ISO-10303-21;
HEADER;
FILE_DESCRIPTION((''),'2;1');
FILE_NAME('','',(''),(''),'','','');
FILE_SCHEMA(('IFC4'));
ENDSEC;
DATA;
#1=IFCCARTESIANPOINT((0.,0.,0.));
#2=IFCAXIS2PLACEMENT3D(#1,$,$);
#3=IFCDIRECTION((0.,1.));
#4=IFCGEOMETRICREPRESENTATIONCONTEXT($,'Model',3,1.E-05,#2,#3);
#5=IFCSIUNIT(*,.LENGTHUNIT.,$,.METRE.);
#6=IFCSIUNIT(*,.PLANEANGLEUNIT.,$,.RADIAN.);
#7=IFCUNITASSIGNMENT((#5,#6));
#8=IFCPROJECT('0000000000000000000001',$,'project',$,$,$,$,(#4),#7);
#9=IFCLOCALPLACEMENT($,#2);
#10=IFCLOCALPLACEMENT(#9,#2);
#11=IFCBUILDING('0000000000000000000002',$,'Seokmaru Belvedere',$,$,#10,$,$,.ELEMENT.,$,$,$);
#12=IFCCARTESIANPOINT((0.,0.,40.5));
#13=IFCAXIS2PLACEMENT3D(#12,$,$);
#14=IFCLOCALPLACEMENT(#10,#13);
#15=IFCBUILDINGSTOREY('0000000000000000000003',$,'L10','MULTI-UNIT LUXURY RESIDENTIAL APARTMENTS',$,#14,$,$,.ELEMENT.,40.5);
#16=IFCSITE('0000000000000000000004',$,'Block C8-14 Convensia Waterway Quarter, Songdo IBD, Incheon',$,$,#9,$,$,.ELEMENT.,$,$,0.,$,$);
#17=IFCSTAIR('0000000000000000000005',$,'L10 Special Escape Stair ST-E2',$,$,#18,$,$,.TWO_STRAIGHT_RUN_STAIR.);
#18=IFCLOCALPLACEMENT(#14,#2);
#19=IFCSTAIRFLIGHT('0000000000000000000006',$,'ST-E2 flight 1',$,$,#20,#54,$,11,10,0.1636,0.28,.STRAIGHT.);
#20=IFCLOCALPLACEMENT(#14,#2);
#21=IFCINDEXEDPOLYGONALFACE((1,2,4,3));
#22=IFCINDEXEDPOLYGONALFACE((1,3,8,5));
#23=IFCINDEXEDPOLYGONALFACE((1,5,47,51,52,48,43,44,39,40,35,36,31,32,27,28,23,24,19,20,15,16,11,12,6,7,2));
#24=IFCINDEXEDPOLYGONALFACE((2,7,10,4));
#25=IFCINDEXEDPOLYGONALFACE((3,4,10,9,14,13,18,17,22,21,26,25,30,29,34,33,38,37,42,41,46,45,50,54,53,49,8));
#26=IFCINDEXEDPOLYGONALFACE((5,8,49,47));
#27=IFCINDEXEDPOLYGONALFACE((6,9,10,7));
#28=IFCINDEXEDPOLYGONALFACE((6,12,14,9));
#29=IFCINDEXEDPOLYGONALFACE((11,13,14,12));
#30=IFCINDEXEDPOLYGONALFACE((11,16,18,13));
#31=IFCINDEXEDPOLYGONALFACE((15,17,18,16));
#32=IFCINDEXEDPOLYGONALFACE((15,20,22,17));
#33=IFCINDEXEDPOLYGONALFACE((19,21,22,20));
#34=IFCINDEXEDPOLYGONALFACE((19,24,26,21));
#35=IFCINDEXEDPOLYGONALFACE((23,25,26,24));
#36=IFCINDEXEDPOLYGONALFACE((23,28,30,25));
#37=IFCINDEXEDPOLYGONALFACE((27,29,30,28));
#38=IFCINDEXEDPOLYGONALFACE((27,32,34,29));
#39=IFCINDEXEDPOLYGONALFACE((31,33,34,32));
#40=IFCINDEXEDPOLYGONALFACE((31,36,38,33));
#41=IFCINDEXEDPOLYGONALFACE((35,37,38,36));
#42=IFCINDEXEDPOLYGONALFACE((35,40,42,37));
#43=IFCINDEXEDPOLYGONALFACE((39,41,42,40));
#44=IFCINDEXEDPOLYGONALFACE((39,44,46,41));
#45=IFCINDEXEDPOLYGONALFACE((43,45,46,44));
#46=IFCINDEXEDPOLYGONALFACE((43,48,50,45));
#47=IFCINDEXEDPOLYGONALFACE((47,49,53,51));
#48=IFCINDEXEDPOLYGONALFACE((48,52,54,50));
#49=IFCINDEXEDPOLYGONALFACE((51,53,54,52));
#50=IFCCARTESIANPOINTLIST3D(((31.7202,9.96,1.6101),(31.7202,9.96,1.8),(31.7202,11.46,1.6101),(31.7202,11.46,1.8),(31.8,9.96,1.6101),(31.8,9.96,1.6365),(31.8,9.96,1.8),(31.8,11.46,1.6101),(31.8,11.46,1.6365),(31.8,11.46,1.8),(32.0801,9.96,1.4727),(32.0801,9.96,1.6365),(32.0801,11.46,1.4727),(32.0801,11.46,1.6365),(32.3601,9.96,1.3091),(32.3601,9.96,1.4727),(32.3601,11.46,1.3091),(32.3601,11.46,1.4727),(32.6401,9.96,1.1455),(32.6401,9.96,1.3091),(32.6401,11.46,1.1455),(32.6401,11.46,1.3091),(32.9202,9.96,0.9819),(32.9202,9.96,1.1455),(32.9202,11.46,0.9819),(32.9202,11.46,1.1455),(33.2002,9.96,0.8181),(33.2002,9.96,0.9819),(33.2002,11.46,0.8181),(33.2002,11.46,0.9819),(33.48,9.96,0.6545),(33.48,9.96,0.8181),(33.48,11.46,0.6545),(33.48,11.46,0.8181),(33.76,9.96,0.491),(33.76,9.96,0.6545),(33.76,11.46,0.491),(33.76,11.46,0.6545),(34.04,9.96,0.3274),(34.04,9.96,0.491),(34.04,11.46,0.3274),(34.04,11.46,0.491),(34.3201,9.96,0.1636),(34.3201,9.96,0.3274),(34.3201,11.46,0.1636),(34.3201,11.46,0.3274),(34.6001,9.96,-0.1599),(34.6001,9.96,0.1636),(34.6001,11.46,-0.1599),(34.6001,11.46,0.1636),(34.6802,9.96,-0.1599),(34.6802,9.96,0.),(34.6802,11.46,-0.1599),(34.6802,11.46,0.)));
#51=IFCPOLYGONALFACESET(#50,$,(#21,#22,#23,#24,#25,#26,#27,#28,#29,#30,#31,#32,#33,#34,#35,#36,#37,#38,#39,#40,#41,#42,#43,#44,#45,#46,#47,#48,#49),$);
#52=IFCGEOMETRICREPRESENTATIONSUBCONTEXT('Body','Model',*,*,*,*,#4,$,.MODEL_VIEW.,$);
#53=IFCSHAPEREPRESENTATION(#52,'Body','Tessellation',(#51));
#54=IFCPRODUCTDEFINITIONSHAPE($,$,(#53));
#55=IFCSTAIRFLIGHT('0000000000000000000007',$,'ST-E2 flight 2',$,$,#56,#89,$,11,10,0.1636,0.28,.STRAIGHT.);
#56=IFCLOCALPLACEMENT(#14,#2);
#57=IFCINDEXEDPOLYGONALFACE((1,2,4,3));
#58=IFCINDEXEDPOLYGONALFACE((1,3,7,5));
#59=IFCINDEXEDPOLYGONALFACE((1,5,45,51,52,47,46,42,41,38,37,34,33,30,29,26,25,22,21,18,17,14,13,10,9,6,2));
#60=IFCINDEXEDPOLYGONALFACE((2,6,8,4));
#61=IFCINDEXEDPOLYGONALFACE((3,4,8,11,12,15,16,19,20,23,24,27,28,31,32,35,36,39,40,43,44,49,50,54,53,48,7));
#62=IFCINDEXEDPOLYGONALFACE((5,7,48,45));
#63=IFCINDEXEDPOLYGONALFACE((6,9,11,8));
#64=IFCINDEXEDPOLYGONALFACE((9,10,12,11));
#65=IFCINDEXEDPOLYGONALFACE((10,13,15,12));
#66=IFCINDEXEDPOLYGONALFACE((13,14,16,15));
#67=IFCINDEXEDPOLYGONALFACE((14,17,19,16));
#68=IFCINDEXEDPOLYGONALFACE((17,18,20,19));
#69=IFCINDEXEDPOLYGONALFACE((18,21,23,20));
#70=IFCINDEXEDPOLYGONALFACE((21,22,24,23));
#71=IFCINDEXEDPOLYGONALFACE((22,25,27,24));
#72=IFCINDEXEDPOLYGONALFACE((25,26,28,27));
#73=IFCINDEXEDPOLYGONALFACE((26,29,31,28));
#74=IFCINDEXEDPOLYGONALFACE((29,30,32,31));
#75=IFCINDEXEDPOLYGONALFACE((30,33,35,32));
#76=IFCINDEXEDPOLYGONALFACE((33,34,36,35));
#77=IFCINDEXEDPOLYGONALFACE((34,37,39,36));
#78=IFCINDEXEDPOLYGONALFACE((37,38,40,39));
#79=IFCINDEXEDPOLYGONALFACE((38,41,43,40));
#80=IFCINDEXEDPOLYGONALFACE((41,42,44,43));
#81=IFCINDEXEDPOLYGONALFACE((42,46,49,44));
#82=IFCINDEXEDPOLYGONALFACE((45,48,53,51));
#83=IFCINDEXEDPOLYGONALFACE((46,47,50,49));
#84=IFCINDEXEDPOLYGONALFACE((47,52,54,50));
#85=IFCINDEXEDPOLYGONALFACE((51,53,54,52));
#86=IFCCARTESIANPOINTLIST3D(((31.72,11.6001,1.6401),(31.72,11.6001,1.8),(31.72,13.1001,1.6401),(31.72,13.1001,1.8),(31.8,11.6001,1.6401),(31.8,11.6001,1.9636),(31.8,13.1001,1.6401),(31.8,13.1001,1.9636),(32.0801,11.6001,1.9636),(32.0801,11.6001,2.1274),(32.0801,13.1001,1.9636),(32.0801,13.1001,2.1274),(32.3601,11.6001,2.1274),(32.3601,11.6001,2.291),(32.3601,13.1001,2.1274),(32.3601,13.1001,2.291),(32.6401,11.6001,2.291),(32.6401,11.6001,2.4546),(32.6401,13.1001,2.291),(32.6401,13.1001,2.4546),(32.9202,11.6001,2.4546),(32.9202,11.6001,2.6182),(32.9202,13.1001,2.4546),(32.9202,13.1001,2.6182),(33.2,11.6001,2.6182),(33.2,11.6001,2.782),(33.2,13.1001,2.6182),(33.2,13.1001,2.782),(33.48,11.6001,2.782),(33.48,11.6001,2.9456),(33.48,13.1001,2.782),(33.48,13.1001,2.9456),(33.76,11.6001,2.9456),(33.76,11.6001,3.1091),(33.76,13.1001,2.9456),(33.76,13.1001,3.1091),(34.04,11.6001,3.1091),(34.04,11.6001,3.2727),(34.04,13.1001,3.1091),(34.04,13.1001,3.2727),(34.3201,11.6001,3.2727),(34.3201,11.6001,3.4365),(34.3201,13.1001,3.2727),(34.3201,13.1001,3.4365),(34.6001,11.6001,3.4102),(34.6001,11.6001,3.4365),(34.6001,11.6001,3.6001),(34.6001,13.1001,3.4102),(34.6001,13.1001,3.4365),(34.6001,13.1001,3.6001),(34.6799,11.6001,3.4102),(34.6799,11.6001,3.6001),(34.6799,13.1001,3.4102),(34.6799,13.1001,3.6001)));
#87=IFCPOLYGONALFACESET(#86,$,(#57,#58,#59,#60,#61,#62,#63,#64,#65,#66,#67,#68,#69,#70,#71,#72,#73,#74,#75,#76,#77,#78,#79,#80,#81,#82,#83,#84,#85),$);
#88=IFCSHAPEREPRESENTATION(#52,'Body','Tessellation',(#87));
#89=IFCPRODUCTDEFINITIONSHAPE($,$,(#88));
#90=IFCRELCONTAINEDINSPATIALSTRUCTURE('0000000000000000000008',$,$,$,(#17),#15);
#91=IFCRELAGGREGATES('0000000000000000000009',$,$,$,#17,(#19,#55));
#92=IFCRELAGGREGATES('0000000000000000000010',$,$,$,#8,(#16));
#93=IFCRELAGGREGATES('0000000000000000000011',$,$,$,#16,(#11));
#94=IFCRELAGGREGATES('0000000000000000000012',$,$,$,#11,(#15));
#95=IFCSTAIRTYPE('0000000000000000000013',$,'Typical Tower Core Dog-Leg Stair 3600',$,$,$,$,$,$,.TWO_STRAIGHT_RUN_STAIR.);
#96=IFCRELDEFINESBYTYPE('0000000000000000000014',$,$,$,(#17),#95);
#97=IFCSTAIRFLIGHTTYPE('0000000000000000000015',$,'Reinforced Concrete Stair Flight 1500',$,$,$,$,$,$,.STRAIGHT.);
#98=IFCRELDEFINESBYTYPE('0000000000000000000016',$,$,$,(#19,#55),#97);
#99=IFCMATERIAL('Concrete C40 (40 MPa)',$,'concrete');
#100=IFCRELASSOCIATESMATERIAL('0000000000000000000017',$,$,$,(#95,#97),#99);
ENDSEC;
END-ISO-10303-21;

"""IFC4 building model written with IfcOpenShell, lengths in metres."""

from ifc_helpers import new_model, si_unit, direction, frame, origin, place, context, subcontext, project, spatial, polyline, outline, extrude, material, type_object, element, aggregate, save


model = new_model("IFC4")

# Units and contexts
model_context = context("Model", 3, precision=1e-05, world=origin(), true_north=direction((0.0, 1.0)))
body_context = subcontext(model_context, "Body", "Model", "MODEL_VIEW")
ifc_project = project(units=[si_unit("LENGTHUNIT", "METRE"), si_unit("PLANEANGLEUNIT", "RADIAN")], contexts=[model_context])

# Site, building, storey
site_placement = place(None, origin())
site = spatial("IfcSite", under=ifc_project, at=site_placement, Name="Block C8-14 Convensia Waterway Quarter, Songdo IBD, Incheon", CompositionType="ELEMENT", RefElevation=0.0)
building_placement = place(site_placement, origin())
building = spatial("IfcBuilding", under=site, at=building_placement, Name="Seokmaru Belvedere", CompositionType="ELEMENT")
storey_placement = place(building_placement, frame((0.0, 0.0, 40.5)))
storey = spatial("IfcBuildingStorey", under=building, at=storey_placement, Name="L10", Description="MULTI-UNIT LUXURY RESIDENTIAL APARTMENTS", CompositionType="ELEMENT", Elevation=40.5)

# Stair, stair flights
ifc_material_1 = material(Name="Concrete C40 (40 MPa)", Category="concrete")
stair_type = type_object("IfcStairType", Name="Typical Tower Core Dog-Leg Stair 3600", PredefinedType="TWO_STRAIGHT_RUN_STAIR", material=ifc_material_1)
stair_placement = place(storey_placement, origin())
stair = element("IfcStair", 1, at=stair_placement, inside=storey, type_object=stair_type, Name="L10 Special Escape Stair ST-E2", PredefinedType="TWO_STRAIGHT_RUN_STAIR")
stair_flight_type = type_object("IfcStairFlightType", Name="Reinforced Concrete Stair Flight 1500", PredefinedType="STRAIGHT", material=ifc_material_1)
stair_flight_1_placement = place(storey_placement, frame((34.6001, 10.71, 0.0), z_axis=(0.0, 0.0, 1.0), x_axis=(-1.0, 0.0, 0.0)))
stair_flight_1 = element("IfcStairFlight", 2, at=stair_flight_1_placement, type_object=stair_flight_type, Name="ST-E2 flight 1", NumberOfRisers=11, NumberOfTreads=10, PredefinedType="STRAIGHT", RiserHeight=0.1636, TreadLength=0.28, context=body_context, shape_type="SweptSolid", body=[
    extrude(outline(polyline([(-0.0801, 0.0), (0.0, 0.1636), (0.28, 0.1636), (0.28, 0.3274), (0.5601, 0.3274), (0.5601, 0.491), (0.8401, 0.491), (0.8401, 0.6545), (1.1201, 0.6545), (1.1201, 0.8181), (1.3999, 0.8181), (1.3999, 0.9819), (1.6799, 0.9819), (1.6799, 1.1455), (1.96, 1.1455), (1.96, 1.3091), (2.24, 1.3091), (2.24, 1.4727), (2.52, 1.4727), (2.52, 1.6365), (2.8, 1.6365), (2.8, 1.8), (2.8799, 1.8), (2.8799, 1.6101), (2.8, 1.6101), (0.0, -0.1599), (-0.0801, -0.1599), (-0.0801, 0.0)])), frame((0.0, 0.75, 0.0), z_axis=(0.0, -1.0, 0.0), x_axis=(1.0, 0.0, 0.0)), (0.0, 0.0, 1.0), 1.5),
])
stair_flight_2_placement = place(storey_placement, frame((31.8, 12.3501, 1.8), z_axis=(0.0, 0.0, 1.0), x_axis=(1.0, 0.0, 0.0)))
stair_flight_2 = element("IfcStairFlight", 3, at=stair_flight_2_placement, type_object=stair_flight_type, Name="ST-E2 flight 2", NumberOfRisers=11, NumberOfTreads=10, PredefinedType="STRAIGHT", RiserHeight=0.1636, TreadLength=0.28, context=body_context, shape_type="SweptSolid", body=[
    extrude(outline(polyline([(-0.0801, 0.0), (0.0, 0.1636), (0.28, 0.1636), (0.28, 0.3274), (0.5601, 0.3274), (0.5601, 0.491), (0.8401, 0.491), (0.8401, 0.6545), (1.1201, 0.6545), (1.1201, 0.8181), (1.3999, 0.8181), (1.3999, 0.9819), (1.6799, 0.9819), (1.6799, 1.1455), (1.96, 1.1455), (1.96, 1.3091), (2.24, 1.3091), (2.24, 1.4727), (2.52, 1.4727), (2.52, 1.6365), (2.8, 1.6365), (2.8, 1.8), (2.8799, 1.8), (2.8799, 1.6101), (2.8, 1.6101), (0.0, -0.1599), (-0.0801, -0.1599), (-0.0801, 0.0)])), frame((0.0, 0.75, 0.0), z_axis=(0.0, -1.0, 0.0), x_axis=(1.0, 0.0, 0.0)), (0.0, 0.0, 1.0), 1.5),
])
aggregate(stair, [stair_flight_1, stair_flight_2])

save(model, "model.ifc")
